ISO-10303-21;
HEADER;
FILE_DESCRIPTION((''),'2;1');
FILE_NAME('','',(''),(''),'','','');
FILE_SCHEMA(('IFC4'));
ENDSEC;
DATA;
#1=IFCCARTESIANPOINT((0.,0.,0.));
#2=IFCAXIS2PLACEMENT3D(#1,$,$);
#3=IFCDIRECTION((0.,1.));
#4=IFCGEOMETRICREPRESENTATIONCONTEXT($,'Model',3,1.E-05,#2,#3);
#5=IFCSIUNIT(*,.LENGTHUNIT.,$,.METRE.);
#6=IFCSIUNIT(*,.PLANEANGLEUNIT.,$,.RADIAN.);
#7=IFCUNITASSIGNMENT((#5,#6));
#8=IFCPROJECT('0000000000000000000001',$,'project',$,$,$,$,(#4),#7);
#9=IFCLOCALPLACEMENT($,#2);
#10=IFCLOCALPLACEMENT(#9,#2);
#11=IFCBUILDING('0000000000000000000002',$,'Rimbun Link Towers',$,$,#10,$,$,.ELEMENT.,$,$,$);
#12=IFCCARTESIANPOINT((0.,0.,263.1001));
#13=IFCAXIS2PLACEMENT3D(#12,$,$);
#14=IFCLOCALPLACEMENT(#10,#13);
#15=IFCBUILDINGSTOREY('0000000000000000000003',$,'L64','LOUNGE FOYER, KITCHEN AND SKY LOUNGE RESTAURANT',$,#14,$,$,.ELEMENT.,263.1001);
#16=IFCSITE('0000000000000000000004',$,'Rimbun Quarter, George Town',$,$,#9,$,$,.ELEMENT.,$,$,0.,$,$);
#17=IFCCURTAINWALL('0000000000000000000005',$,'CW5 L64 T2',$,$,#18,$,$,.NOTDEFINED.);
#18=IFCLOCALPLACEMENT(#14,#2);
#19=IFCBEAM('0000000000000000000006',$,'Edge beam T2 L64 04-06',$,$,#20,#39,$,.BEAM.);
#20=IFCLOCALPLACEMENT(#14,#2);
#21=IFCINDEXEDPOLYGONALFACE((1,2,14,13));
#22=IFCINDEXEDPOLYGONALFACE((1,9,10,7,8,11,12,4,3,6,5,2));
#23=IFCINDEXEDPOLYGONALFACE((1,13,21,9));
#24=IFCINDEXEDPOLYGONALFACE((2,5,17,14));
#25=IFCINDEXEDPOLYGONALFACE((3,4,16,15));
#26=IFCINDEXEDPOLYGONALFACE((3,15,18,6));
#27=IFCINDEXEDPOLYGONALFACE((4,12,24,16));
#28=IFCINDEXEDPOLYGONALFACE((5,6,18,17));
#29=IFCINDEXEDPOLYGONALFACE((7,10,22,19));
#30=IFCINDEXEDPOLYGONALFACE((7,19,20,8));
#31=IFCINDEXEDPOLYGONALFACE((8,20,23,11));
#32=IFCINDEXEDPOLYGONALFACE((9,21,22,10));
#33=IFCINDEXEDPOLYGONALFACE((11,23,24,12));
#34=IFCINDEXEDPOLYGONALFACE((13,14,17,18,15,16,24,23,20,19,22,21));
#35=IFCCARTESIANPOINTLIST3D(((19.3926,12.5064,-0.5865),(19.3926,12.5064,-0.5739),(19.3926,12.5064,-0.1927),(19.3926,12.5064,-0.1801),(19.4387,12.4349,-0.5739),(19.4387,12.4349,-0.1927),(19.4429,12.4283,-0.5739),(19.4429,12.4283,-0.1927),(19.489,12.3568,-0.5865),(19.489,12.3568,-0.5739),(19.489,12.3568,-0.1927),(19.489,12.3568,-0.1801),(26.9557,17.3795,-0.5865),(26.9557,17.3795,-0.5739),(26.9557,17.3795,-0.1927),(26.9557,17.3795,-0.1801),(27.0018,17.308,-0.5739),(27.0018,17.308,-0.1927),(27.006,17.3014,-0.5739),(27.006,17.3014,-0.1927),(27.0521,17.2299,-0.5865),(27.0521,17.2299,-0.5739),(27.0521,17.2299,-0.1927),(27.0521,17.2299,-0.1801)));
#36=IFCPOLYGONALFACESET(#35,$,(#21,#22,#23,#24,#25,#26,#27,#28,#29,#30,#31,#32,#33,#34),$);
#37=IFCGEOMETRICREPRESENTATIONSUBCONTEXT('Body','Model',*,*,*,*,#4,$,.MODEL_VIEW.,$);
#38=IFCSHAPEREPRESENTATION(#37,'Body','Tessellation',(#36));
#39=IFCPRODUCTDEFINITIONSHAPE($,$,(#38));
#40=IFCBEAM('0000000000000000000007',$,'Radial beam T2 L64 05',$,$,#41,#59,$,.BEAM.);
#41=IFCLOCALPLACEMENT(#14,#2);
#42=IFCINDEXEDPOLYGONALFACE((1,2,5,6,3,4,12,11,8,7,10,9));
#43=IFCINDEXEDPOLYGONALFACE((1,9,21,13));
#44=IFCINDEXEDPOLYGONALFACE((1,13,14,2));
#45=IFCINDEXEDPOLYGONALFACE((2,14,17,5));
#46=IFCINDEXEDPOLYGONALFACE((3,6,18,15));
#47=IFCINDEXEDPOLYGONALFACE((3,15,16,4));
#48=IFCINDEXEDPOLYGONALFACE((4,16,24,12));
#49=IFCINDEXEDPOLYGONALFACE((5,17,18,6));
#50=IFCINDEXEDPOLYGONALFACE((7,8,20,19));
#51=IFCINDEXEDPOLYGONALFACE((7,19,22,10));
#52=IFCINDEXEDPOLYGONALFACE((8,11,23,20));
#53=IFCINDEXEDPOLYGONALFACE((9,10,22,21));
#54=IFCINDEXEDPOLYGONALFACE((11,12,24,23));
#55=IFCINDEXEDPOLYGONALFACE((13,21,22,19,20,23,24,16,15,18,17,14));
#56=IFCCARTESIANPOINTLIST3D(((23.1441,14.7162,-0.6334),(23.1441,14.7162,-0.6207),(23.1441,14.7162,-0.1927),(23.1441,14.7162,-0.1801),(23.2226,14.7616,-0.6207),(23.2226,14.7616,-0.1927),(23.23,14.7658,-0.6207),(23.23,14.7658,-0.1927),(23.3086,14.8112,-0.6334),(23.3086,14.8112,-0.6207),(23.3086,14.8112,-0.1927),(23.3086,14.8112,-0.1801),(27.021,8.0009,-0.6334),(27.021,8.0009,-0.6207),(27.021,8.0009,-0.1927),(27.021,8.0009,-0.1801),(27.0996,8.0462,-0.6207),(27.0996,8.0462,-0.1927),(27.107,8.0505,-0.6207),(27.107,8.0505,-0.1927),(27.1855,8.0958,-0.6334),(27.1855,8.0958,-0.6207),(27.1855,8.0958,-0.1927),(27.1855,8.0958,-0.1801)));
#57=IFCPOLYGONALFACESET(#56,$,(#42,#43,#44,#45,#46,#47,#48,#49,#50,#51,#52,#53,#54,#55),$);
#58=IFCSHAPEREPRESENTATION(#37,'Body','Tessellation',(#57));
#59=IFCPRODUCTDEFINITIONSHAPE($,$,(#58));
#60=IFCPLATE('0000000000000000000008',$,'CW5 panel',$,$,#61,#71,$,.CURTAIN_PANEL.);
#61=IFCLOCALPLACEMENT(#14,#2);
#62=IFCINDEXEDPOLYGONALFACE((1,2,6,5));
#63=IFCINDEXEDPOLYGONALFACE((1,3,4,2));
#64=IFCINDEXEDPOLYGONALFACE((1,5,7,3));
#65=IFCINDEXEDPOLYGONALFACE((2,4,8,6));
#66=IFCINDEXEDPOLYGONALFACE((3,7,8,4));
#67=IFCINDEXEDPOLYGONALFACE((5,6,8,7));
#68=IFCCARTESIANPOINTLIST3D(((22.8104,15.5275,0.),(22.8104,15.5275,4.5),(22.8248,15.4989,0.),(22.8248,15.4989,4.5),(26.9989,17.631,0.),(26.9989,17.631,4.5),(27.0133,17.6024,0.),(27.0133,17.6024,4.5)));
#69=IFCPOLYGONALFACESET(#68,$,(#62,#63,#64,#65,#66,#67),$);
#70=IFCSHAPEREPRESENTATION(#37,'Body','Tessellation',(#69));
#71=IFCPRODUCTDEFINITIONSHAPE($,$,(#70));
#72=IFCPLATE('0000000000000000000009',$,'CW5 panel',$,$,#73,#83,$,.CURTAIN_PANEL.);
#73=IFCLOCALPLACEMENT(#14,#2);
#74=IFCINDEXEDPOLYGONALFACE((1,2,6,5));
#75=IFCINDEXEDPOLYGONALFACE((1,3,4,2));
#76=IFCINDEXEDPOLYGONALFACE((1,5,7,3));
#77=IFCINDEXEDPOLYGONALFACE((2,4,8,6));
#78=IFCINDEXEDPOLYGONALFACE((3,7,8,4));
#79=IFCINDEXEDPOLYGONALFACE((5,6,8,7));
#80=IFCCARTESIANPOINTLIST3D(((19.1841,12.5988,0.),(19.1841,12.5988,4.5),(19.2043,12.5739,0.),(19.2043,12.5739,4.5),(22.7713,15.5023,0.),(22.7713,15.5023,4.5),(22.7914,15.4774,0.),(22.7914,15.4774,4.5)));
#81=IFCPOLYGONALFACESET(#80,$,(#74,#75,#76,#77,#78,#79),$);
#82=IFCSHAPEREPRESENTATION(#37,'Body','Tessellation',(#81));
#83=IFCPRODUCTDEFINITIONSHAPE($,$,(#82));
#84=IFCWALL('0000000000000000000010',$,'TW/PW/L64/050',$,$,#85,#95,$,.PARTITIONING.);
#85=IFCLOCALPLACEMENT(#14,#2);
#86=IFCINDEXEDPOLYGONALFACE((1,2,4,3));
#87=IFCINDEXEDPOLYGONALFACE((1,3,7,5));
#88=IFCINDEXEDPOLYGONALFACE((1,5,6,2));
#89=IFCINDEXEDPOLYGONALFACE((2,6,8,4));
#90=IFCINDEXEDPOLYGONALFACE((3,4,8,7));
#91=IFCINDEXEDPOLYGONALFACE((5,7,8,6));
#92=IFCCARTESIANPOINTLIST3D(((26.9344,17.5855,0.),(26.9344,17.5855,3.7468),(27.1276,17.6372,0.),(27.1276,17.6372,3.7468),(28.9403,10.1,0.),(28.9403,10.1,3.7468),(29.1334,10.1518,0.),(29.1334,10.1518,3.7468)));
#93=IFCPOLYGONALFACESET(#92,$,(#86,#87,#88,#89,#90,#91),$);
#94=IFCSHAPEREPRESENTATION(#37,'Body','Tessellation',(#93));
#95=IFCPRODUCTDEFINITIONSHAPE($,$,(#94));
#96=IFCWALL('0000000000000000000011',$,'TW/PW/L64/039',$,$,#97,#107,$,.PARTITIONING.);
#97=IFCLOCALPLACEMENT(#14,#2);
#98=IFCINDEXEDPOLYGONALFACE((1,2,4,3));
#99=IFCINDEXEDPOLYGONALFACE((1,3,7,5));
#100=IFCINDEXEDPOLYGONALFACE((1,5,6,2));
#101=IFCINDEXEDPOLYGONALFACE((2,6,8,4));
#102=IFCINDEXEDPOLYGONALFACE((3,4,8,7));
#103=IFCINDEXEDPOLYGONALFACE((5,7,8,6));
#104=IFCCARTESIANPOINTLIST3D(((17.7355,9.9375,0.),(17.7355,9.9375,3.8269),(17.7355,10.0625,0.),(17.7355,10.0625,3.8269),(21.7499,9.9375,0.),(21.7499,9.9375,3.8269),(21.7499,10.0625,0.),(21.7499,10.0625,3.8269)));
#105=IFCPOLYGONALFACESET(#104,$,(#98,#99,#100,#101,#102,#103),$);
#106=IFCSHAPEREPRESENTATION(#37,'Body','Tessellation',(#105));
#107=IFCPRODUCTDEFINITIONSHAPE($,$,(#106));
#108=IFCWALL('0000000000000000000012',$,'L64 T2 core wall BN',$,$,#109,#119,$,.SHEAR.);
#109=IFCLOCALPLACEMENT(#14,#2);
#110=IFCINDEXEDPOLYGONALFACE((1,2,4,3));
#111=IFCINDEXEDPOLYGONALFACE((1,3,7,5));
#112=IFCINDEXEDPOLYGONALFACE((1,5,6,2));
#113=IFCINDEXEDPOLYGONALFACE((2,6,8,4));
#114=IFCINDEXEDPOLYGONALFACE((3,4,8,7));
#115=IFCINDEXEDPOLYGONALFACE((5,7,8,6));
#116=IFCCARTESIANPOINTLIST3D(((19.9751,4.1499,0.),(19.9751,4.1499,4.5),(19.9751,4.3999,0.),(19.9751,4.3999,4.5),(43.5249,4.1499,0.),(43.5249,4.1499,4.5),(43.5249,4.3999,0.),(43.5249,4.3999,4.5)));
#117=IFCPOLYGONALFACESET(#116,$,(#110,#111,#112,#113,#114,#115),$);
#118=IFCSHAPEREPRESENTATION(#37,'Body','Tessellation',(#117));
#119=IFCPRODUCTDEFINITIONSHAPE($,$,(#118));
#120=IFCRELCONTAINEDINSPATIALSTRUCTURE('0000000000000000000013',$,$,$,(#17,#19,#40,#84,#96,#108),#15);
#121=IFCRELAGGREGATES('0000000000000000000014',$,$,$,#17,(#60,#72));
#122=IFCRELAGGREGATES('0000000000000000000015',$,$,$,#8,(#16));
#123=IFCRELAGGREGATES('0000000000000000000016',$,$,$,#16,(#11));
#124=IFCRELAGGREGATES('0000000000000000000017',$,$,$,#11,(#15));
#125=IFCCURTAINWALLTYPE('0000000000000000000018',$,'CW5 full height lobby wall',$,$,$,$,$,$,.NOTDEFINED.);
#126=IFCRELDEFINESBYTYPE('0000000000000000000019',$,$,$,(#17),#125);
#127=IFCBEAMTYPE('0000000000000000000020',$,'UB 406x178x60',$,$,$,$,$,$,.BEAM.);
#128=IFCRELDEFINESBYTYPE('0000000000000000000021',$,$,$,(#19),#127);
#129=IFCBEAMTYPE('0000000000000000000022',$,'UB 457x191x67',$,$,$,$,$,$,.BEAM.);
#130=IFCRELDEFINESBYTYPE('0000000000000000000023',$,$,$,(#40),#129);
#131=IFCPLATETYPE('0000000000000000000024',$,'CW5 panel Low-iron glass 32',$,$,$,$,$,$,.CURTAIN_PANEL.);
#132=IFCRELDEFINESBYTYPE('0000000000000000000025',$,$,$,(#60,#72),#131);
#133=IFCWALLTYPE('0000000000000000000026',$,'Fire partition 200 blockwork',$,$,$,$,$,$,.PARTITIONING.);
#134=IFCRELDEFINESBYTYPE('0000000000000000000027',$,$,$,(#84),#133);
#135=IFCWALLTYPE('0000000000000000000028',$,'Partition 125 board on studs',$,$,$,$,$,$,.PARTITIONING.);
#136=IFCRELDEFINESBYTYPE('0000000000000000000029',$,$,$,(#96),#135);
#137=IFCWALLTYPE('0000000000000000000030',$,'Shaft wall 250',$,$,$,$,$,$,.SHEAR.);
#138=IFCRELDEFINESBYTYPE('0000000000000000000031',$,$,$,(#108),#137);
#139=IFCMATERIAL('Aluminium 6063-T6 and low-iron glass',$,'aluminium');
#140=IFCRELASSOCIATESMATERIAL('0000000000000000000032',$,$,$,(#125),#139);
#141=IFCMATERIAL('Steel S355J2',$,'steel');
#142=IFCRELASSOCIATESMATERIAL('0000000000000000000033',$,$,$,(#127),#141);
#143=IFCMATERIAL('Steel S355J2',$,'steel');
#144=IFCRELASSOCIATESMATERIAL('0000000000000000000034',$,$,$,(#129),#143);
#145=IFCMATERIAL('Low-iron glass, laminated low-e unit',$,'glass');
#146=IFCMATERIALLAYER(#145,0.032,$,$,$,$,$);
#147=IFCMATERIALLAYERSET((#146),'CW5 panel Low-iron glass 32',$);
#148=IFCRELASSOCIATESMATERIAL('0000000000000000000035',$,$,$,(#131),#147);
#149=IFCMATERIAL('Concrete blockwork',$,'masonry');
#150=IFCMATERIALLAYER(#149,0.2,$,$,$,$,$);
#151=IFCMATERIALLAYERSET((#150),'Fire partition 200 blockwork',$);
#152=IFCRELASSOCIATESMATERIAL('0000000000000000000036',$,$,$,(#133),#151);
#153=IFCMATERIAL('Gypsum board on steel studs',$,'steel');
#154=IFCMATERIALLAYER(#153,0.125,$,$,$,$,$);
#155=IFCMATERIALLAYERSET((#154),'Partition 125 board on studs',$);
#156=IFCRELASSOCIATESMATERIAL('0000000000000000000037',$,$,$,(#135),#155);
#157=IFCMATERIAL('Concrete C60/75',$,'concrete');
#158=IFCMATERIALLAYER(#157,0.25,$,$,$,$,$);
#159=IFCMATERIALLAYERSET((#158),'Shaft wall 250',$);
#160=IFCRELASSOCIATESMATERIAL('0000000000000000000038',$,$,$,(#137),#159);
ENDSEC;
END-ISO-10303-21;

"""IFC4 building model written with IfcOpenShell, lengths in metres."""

from ifc_helpers import new_model, si_unit, direction, frame, frame_2d, origin, origin_2d, place, context, subcontext, project, spatial, rectangle, i_section, extrude, material, layer, layer_set, material_profile, profile_set, type_object, element, aggregate, save


model = new_model("IFC4")

# Units and contexts
model_context = context("Model", 3, precision=1e-05, world=origin(), true_north=direction((0.0, 1.0)))
body_context = subcontext(model_context, "Body", "Model", "MODEL_VIEW")
ifc_project = project(units=[si_unit("LENGTHUNIT", "METRE"), si_unit("PLANEANGLEUNIT", "RADIAN")], contexts=[model_context])

# Site, building, storey
site_placement = place(None, origin())
site = spatial("IfcSite", under=ifc_project, at=site_placement, Name="Rimbun Quarter, George Town", CompositionType="ELEMENT", RefElevation=0.0)
building_placement = place(site_placement, origin())
building = spatial("IfcBuilding", under=site, at=building_placement, Name="Rimbun Link Towers", CompositionType="ELEMENT")
storey_placement = place(building_placement, frame((0.0, 0.0, 263.1001)))
storey = spatial("IfcBuildingStorey", under=building, at=storey_placement, Name="L64", Description="LOUNGE FOYER, KITCHEN AND SKY LOUNGE RESTAURANT", CompositionType="ELEMENT", Elevation=263.1001)

# Curtain wall
ifc_material_1 = material(Name="Aluminium 6063-T6 and low-iron glass", Category="aluminium")
curtain_wall_type = type_object("IfcCurtainWallType", Name="CW5 full height lobby wall", PredefinedType="NOTDEFINED", material=ifc_material_1)
curtain_wall_placement = place(storey_placement, origin())
curtain_wall = element("IfcCurtainWall", 1, at=curtain_wall_placement, inside=storey, type_object=curtain_wall_type, Name="CW5 L64 T2", PredefinedType="NOTDEFINED")

# Beams
ifc_material_2 = material(Name="Steel S355J2", Category="steel")
ifc_material_profile_1 = material_profile(ifc_material_2, i_section(OverallWidth=0.178, OverallDepth=0.4065, WebThickness=0.0078, FlangeThickness=0.0127, at=origin_2d()), Name="UB 406x178x60")
ifc_profile_set_1 = profile_set([ifc_material_profile_1], Name="Steel S355J2")
beam_type_1 = type_object("IfcBeamType", Name="UB 406x178x60", PredefinedType="BEAM", material=ifc_profile_set_1)
beam_1_placement = place(storey_placement, frame((27.0039, 17.3047, -0.3833), z_axis=(-0.840616, -0.541632, 0.0), x_axis=(0.541632, -0.840616, 0.0)))
element("IfcBeam", 2, at=beam_1_placement, inside=storey, type_object=beam_type_1, Name="Edge beam T2 L64 04-06", PredefinedType="BEAM", context=body_context, shape_type="SweptSolid", body=[
    extrude(i_section(OverallWidth=0.178, OverallDepth=0.4065, WebThickness=0.0078, FlangeThickness=0.0127, at=origin_2d()), origin(), (0.0, 0.0, 1.0), 8.9971),
])
ifc_material_3 = material(Name="Steel S355J2", Category="steel")
ifc_material_profile_2 = material_profile(ifc_material_3, i_section(OverallWidth=0.1899, OverallDepth=0.4534, WebThickness=0.0085, FlangeThickness=0.0127, at=origin_2d()), Name="UB 457x191x67")
ifc_profile_set_2 = profile_set([ifc_material_profile_2], Name="Steel S355J2")
beam_type_2 = type_object("IfcBeamType", Name="UB 457x191x67", PredefinedType="BEAM", material=ifc_profile_set_2)
beam_2_placement = place(storey_placement, frame((27.1033, 8.0483, -0.4067), z_axis=(-0.499986, 0.866034, 0.0), x_axis=(-0.866034, -0.499986, 0.0)))
element("IfcBeam", 3, at=beam_2_placement, inside=storey, type_object=beam_type_2, Name="Radial beam T2 L64 05", PredefinedType="BEAM", context=body_context, shape_type="SweptSolid", body=[
    extrude(i_section(OverallWidth=0.1899, OverallDepth=0.4534, WebThickness=0.0085, FlangeThickness=0.0127, at=origin_2d()), origin(), (0.0, 0.0, 1.0), 7.7542),
])

# Plates
ifc_material_4 = material(Name="Low-iron glass, laminated low-e unit", Category="glass")
ifc_layer_1 = layer(ifc_material_4, 0.032)
ifc_layer_set_1 = layer_set([ifc_layer_1], Name="CW5 panel Low-iron glass 32")
plate_type = type_object("IfcPlateType", Name="CW5 panel Low-iron glass 32", PredefinedType="CURTAIN_PANEL", material=ifc_layer_set_1)
plate_1_placement = place(storey_placement, frame((24.9119, 16.5649, 0.0), z_axis=(0.0, 0.0, 1.0), x_axis=(0.893639, 0.448787, 0.0)))
plate_1 = element("IfcPlate", 4, at=plate_1_placement, type_object=plate_type, Name="CW5 panel", PredefinedType="CURTAIN_PANEL", context=body_context, shape_type="SweptSolid", body=[
    extrude(rectangle(XDim=4.687, YDim=0.032, at=origin_2d()), origin(), (0.0, 0.0, 1.0), 4.5),
])
plate_2_placement = place(storey_placement, frame((20.9878, 14.0381, 0.0), z_axis=(0.0, 0.0, 1.0), x_axis=(0.777289, 0.629144, 0.0)))
plate_2 = element("IfcPlate", 5, at=plate_2_placement, type_object=plate_type, Name="CW5 panel", PredefinedType="CURTAIN_PANEL", context=body_context, shape_type="SweptSolid", body=[
    extrude(rectangle(XDim=4.615, YDim=0.032, at=origin_2d()), origin(), (0.0, 0.0, 1.0), 4.5),
])
aggregate(curtain_wall, [plate_1, plate_2])

# Walls
ifc_material_5 = material(Name="Concrete blockwork", Category="masonry")
ifc_layer_2 = layer(ifc_material_5, 0.2)
ifc_layer_set_2 = layer_set([ifc_layer_2], Name="Fire partition 200 blockwork")
wall_type_1 = type_object("IfcWallType", Name="Fire partition 200 blockwork", PredefinedType="PARTITIONING", material=ifc_layer_set_2)
wall_1_placement = place(storey_placement, frame((27.031, 17.6113, 0.0), z_axis=(0.0, 0.0, 1.0), x_axis=(0.258839, -0.96592, 0.0)))
element("IfcWall", 6, at=wall_1_placement, inside=storey, type_object=wall_type_1, Name="TW/PW/L64/050", PredefinedType="PARTITIONING", context=body_context, shape_type="SweptSolid", body=[
    extrude(rectangle(XDim=7.7495, YDim=0.2, at=frame_2d((3.8748, 0.0))), origin(), (0.0, 0.0, 1.0), 3.7468),
])
ifc_material_6 = material(Name="Gypsum board on steel studs", Category="steel")
ifc_layer_3 = layer(ifc_material_6, 0.125)
ifc_layer_set_3 = layer_set([ifc_layer_3], Name="Partition 125 board on studs")
wall_type_2 = type_object("IfcWallType", Name="Partition 125 board on studs", PredefinedType="PARTITIONING", material=ifc_layer_set_3)
wall_2_placement = place(storey_placement, frame((21.75, 10.0, 0.0), z_axis=(0.0, 0.0, 1.0), x_axis=(-1.0, 0.0, 0.0)))
element("IfcWall", 7, at=wall_2_placement, inside=storey, type_object=wall_type_2, Name="TW/PW/L64/039", PredefinedType="PARTITIONING", context=body_context, shape_type="SweptSolid", body=[
    extrude(rectangle(XDim=4.0144, YDim=0.125, at=frame_2d((2.0073, 0.0))), origin(), (0.0, 0.0, 1.0), 3.8269),
])
ifc_material_7 = material(Name="Concrete C60/75", Category="concrete")
ifc_layer_4 = layer(ifc_material_7, 0.25)
ifc_layer_set_4 = layer_set([ifc_layer_4], Name="Shaft wall 250")
wall_type_3 = type_object("IfcWallType", Name="Shaft wall 250", PredefinedType="SHEAR", material=ifc_layer_set_4)
wall_3_placement = place(storey_placement, frame((19.9751, 4.2749, 0.0), z_axis=(0.0, 0.0, 1.0), x_axis=(1.0, 0.0, 0.0)))
element("IfcWall", 8, at=wall_3_placement, inside=storey, type_object=wall_type_3, Name="L64 T2 core wall BN", PredefinedType="SHEAR", context=body_context, shape_type="SweptSolid", body=[
    extrude(rectangle(XDim=23.5498, YDim=0.25, at=frame_2d((11.7749, 0.0))), origin(), (0.0, 0.0, 1.0), 4.5),
])

save(model, "model.ifc")
